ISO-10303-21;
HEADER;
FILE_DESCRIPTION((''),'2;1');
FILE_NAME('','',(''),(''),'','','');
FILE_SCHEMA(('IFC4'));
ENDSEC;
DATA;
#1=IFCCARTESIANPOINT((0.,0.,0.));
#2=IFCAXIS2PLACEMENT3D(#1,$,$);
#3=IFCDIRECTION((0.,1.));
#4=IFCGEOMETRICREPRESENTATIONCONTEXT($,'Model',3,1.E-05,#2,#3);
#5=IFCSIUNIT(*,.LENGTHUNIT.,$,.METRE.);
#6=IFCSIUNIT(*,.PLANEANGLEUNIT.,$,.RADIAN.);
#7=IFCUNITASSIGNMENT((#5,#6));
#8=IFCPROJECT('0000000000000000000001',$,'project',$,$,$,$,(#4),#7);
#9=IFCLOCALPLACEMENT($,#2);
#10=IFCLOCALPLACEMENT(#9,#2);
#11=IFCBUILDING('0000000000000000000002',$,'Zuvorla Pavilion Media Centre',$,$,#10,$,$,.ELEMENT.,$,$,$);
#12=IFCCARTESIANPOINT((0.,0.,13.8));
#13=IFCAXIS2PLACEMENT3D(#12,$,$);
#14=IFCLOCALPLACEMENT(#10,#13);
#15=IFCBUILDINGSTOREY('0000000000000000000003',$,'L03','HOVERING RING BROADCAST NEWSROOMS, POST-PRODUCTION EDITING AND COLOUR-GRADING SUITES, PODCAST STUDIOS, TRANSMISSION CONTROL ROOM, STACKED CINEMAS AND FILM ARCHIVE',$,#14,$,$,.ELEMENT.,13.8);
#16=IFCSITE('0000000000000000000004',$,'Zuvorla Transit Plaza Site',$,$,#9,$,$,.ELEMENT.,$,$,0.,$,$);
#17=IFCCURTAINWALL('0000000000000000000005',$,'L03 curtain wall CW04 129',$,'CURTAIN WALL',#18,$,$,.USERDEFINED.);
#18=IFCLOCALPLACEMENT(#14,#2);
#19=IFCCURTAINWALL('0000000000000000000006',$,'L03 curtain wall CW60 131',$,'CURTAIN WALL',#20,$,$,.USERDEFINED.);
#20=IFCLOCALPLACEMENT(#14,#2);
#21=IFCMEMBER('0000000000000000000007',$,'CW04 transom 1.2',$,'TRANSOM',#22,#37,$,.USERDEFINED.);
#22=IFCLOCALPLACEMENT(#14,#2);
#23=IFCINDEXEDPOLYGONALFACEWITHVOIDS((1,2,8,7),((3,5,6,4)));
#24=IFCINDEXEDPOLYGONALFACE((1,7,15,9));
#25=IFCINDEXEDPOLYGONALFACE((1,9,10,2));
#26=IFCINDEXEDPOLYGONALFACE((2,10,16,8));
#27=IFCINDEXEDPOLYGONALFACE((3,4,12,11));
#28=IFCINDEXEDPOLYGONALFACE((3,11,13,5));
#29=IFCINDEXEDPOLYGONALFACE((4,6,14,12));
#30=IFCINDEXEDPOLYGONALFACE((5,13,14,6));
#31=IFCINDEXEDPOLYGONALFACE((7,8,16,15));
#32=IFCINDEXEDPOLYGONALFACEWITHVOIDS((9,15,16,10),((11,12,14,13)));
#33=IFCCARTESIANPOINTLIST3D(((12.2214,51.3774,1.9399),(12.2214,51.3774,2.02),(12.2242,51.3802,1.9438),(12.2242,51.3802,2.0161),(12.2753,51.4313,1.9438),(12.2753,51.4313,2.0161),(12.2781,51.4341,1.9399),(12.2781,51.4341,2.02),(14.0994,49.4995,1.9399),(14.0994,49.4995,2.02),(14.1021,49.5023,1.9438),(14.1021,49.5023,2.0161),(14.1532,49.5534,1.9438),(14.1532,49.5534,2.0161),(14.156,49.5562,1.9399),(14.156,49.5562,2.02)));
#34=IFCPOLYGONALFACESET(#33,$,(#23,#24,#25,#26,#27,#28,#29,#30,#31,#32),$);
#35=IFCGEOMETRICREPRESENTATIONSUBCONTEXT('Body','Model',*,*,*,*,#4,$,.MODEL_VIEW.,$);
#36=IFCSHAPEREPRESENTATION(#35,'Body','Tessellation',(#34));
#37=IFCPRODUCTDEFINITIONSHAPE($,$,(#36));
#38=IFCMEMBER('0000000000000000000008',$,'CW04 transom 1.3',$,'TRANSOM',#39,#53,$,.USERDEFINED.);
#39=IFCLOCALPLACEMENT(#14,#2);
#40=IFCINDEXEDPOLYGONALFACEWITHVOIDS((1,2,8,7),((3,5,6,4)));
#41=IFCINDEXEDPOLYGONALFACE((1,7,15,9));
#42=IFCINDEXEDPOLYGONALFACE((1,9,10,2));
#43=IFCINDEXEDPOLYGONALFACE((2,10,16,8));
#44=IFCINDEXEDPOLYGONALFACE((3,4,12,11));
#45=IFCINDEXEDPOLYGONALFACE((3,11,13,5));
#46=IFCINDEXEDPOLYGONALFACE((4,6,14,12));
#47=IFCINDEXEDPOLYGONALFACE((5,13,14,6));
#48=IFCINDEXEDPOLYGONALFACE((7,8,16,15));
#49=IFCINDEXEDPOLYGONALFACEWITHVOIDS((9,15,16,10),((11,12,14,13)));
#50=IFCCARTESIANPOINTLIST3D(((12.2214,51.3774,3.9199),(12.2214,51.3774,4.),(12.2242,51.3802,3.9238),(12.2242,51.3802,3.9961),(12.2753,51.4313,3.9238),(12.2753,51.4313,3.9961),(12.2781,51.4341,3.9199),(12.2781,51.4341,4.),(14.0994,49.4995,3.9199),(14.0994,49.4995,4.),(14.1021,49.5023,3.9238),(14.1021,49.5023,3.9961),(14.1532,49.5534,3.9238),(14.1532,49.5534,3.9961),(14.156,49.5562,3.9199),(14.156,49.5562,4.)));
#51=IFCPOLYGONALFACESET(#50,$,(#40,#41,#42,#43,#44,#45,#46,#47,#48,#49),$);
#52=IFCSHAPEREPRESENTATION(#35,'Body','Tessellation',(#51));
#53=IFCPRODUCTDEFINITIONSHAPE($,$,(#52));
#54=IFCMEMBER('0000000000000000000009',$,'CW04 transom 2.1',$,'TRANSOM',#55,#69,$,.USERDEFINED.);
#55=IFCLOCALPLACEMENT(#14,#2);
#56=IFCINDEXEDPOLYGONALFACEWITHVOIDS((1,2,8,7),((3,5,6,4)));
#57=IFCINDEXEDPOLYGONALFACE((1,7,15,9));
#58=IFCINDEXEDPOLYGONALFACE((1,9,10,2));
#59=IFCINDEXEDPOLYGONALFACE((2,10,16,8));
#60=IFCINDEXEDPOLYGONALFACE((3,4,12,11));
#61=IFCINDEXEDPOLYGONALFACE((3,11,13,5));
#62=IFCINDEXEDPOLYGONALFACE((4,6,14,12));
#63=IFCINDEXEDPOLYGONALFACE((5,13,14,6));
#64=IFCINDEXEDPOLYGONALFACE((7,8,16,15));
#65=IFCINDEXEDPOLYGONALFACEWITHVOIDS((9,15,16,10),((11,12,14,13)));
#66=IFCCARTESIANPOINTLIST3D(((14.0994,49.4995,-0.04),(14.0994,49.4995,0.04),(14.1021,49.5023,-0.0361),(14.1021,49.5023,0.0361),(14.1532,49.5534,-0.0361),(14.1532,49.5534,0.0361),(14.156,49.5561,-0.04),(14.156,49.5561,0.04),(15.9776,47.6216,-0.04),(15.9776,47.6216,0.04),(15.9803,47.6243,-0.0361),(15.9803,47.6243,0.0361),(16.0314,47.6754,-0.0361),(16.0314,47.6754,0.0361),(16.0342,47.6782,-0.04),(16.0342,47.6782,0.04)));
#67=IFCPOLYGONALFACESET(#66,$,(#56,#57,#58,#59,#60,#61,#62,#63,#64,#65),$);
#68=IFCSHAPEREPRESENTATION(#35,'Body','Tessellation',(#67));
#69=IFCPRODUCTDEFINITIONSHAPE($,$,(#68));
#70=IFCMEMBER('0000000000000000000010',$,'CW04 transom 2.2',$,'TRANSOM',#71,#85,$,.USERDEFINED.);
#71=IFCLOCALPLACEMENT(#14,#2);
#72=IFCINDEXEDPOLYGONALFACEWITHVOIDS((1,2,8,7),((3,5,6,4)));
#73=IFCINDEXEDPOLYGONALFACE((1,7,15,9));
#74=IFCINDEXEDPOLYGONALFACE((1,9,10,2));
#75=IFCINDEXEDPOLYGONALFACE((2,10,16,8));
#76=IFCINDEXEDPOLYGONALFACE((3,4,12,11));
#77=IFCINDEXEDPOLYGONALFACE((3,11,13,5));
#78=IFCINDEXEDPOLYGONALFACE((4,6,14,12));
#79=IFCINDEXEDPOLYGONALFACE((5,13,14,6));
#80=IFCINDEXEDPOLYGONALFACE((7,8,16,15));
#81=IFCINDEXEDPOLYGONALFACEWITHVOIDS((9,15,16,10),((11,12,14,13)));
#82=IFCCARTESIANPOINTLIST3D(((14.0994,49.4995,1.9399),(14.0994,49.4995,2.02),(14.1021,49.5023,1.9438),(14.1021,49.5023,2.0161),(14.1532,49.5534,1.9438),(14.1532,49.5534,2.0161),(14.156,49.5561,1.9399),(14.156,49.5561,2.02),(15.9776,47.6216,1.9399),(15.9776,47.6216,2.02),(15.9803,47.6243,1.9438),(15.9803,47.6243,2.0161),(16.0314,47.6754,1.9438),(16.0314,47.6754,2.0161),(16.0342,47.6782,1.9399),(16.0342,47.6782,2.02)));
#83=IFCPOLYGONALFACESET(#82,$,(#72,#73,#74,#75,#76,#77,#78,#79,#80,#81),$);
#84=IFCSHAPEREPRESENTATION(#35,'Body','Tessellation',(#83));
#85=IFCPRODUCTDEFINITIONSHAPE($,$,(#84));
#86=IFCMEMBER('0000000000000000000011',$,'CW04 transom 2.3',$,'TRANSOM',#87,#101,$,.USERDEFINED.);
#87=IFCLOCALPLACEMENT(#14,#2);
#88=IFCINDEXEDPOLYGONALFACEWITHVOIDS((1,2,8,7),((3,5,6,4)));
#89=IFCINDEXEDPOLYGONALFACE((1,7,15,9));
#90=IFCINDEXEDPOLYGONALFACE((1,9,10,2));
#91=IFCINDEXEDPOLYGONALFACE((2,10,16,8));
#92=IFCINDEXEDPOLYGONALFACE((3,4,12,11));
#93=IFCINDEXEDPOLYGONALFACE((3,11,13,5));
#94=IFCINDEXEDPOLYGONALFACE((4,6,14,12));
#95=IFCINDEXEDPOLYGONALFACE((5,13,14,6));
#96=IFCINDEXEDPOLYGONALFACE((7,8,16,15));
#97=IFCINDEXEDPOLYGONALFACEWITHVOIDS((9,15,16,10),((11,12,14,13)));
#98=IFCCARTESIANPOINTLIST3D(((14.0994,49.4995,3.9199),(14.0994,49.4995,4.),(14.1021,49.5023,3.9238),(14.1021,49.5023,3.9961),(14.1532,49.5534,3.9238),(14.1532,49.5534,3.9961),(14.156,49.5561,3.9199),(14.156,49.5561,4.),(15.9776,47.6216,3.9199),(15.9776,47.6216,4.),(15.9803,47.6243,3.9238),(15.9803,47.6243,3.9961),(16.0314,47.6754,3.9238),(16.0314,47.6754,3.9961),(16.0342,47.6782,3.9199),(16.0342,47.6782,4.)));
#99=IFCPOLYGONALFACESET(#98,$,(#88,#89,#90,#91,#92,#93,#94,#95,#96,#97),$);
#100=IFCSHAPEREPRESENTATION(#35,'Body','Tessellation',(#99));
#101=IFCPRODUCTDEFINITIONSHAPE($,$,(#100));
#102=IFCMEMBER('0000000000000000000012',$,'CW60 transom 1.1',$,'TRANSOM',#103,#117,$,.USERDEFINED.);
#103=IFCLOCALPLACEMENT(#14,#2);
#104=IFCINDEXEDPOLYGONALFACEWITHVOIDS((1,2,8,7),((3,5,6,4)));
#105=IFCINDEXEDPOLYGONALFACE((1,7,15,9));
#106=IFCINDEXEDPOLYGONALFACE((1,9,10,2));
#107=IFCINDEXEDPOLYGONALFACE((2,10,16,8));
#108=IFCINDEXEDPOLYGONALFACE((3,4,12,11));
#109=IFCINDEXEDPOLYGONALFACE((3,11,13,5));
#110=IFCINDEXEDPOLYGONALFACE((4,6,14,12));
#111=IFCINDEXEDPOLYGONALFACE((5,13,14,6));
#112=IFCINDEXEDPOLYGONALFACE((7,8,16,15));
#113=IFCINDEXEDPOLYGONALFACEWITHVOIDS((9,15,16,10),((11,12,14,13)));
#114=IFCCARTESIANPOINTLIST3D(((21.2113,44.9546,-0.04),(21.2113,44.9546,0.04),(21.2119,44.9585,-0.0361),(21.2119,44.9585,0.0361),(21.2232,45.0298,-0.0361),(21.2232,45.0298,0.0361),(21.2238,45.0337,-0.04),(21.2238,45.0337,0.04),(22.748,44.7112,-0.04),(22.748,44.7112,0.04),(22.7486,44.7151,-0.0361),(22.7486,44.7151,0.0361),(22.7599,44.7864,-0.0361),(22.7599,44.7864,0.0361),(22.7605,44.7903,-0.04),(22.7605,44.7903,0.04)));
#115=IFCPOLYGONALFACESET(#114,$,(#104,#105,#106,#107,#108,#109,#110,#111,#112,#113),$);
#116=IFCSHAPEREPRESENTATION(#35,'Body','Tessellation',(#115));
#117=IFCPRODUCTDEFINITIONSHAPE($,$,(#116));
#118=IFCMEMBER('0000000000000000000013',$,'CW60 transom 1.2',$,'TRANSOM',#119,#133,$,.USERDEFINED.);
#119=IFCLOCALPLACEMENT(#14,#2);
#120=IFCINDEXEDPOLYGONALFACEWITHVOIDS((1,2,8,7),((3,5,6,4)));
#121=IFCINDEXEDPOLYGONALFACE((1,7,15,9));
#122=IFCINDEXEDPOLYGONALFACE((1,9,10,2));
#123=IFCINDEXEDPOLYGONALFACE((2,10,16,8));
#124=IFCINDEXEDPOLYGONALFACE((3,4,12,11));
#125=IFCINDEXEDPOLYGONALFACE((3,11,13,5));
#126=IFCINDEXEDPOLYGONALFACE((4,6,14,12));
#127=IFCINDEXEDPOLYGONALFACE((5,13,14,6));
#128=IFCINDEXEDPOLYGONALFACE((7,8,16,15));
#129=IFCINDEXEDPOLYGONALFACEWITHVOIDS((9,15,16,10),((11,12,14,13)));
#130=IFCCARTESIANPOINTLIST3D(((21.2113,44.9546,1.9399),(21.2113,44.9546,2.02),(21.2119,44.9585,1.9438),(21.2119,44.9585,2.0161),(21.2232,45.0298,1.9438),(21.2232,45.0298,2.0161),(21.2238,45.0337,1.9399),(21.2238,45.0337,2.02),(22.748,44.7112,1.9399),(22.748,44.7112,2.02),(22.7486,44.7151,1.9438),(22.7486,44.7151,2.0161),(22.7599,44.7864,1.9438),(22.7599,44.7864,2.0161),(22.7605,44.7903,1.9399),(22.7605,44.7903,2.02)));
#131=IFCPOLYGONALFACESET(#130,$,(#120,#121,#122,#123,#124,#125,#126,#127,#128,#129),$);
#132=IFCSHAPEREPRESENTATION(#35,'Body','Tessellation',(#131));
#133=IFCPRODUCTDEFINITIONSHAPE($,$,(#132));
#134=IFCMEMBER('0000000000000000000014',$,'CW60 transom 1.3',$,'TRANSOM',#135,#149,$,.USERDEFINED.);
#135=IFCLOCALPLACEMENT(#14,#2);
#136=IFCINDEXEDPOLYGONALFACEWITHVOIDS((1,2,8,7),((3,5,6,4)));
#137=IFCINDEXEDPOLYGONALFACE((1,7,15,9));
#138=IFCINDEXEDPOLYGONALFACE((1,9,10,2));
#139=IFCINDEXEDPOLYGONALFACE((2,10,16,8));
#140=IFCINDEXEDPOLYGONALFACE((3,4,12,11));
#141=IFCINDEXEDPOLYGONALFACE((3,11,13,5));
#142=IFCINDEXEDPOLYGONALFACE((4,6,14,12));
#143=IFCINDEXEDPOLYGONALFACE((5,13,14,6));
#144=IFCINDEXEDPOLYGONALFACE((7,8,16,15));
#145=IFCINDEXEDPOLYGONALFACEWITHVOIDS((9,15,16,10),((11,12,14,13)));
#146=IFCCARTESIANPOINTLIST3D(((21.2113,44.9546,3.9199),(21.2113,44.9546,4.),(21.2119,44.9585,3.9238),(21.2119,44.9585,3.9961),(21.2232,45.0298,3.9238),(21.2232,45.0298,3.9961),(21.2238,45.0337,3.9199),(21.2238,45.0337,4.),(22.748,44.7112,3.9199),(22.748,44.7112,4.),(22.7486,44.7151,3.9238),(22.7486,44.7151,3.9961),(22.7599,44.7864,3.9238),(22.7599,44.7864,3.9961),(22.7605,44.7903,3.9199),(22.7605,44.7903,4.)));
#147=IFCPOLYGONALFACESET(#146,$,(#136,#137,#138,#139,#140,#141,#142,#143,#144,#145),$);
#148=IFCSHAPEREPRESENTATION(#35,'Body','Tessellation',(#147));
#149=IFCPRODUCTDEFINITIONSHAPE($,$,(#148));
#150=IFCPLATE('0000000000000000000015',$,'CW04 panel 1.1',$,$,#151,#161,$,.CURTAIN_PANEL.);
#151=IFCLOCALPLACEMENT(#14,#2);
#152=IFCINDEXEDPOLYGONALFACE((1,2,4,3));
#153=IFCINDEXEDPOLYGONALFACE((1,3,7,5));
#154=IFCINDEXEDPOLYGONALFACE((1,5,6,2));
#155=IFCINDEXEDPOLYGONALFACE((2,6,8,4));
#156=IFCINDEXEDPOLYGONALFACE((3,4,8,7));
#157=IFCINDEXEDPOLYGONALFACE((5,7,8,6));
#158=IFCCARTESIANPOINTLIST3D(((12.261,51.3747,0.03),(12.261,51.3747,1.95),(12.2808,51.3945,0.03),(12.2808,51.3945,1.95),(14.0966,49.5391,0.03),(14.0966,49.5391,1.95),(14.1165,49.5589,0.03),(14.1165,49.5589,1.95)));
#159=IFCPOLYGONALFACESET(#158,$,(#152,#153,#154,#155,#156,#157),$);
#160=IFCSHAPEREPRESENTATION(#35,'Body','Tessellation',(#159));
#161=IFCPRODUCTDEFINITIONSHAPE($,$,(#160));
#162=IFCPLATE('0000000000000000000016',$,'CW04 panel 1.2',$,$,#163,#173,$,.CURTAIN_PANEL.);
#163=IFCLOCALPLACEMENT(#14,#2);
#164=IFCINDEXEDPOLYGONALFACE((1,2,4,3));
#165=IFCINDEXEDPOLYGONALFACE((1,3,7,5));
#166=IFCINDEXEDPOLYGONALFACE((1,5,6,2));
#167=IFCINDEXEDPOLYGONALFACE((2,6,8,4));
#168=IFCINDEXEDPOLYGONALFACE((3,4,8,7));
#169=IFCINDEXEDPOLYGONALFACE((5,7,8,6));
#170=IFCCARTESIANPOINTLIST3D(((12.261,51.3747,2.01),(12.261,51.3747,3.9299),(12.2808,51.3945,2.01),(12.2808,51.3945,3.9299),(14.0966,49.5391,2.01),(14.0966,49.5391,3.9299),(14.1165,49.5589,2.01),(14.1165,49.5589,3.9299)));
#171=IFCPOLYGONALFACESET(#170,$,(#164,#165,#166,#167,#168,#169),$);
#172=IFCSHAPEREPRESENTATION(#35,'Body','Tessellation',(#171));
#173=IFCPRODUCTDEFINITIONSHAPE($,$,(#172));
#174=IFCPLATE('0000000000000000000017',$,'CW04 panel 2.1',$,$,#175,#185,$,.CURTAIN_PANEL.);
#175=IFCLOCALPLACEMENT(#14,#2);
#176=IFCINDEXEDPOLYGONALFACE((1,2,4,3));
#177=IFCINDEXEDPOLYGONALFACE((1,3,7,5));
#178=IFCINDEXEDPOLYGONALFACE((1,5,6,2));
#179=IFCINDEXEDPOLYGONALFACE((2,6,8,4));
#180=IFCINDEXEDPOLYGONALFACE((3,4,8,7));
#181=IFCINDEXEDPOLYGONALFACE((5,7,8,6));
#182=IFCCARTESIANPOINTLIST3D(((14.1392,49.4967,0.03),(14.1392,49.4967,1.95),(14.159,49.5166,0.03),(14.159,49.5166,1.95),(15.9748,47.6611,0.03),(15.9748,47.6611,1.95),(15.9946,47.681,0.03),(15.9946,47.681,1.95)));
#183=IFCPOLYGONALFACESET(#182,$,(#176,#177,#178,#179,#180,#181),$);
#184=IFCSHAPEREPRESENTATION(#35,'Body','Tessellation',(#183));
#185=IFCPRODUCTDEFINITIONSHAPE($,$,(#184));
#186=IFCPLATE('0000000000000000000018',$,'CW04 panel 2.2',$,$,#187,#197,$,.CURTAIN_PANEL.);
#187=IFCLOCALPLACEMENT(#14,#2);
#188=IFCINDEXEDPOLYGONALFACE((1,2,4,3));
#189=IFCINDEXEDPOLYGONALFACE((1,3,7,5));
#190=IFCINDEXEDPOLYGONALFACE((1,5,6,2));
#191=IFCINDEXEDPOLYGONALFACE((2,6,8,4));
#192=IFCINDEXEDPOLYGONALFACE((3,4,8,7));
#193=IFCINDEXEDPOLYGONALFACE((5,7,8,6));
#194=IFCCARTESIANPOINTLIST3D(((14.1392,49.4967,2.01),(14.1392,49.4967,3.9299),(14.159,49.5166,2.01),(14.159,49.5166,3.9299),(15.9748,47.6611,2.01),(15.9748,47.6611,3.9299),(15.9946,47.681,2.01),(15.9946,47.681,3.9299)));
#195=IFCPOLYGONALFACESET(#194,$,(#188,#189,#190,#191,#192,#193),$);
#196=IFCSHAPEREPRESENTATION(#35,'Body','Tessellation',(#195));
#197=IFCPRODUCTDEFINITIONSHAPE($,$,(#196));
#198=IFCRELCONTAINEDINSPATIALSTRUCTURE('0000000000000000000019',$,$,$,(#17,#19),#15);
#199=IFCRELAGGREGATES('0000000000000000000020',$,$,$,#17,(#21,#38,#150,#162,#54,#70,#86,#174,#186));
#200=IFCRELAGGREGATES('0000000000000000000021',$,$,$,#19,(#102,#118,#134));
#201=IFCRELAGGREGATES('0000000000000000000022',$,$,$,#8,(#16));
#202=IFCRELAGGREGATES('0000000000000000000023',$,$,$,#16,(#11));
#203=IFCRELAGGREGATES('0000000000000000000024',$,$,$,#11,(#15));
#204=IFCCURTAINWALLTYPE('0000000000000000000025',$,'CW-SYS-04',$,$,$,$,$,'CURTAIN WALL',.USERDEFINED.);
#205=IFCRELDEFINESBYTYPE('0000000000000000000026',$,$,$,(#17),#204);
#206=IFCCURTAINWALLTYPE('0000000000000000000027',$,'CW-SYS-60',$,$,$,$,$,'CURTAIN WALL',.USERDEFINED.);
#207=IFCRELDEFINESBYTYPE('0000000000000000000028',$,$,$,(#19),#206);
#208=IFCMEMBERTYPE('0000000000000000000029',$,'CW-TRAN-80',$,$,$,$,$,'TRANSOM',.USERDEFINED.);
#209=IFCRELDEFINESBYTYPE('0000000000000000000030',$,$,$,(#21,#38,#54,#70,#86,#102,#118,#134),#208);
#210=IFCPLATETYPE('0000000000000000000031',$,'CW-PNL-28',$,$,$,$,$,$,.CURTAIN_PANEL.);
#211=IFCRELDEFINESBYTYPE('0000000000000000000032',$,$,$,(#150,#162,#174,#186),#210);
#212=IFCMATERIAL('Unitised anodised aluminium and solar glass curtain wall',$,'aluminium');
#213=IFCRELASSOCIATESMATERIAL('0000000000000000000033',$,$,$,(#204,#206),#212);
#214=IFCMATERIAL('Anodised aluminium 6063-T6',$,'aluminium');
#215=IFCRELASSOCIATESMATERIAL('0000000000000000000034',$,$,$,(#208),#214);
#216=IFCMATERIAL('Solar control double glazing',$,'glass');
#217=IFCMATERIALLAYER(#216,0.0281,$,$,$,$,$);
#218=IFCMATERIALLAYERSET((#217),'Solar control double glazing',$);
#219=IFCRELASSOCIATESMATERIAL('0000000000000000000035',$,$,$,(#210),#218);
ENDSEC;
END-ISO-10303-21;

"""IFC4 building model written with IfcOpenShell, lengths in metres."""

from ifc_helpers import new_model, si_unit, direction, frame, origin, origin_2d, place, context, subcontext, project, spatial, rectangle, hollow_rectangle, extrude, material, layer, layer_set, material_profile, profile_set, type_object, element, aggregate, save


model = new_model("IFC4")

# Units and contexts
model_context = context("Model", 3, precision=1e-05, world=origin(), true_north=direction((0.0, 1.0)))
body_context = subcontext(model_context, "Body", "Model", "MODEL_VIEW")
ifc_project = project(units=[si_unit("LENGTHUNIT", "METRE"), si_unit("PLANEANGLEUNIT", "RADIAN")], contexts=[model_context])

# Site, building, storey
site_placement = place(None, origin())
site = spatial("IfcSite", under=ifc_project, at=site_placement, Name="Zuvorla Transit Plaza Site", CompositionType="ELEMENT", RefElevation=0.0)
building_placement = place(site_placement, origin())
building = spatial("IfcBuilding", under=site, at=building_placement, Name="Zuvorla Pavilion Media Centre", CompositionType="ELEMENT")
storey_placement = place(building_placement, frame((0.0, 0.0, 13.8)))
storey = spatial("IfcBuildingStorey", under=building, at=storey_placement, Name="L03", Description="HOVERING RING BROADCAST NEWSROOMS, POST-PRODUCTION EDITING AND COLOUR-GRADING SUITES, PODCAST STUDIOS, TRANSMISSION CONTROL ROOM, STACKED CINEMAS AND FILM ARCHIVE", CompositionType="ELEMENT", Elevation=13.8)

# Curtain wall
ifc_material_1 = material(Name="Unitised anodised aluminium and solar glass curtain wall", Category="aluminium")
curtain_wall_type_1 = type_object("IfcCurtainWallType", Name="CW-SYS-04", ElementType="CURTAIN WALL", PredefinedType="USERDEFINED", material=ifc_material_1)
curtain_wall_1_placement = place(storey_placement, origin())
curtain_wall_1 = element("IfcCurtainWall", 1, at=curtain_wall_1_placement, inside=storey, type_object=curtain_wall_type_1, Name="L03 curtain wall CW04 129", ObjectType="CURTAIN WALL", PredefinedType="USERDEFINED")
ifc_material_2 = material(Name="Anodised aluminium 6063-T6", Category="aluminium")

# Curtain wall
curtain_wall_type_2 = type_object("IfcCurtainWallType", Name="CW-SYS-60", ElementType="CURTAIN WALL", PredefinedType="USERDEFINED", material=ifc_material_1)
curtain_wall_2_placement = place(storey_placement, origin())
curtain_wall_2 = element("IfcCurtainWall", 2, at=curtain_wall_2_placement, inside=storey, type_object=curtain_wall_type_2, Name="L03 curtain wall CW60 131", ObjectType="CURTAIN WALL", PredefinedType="USERDEFINED")

# Members
ifc_material_profile_1 = material_profile(ifc_material_2, hollow_rectangle(XDim=0.0801, YDim=0.0801, WallThickness=0.0039, at=origin_2d()), Name="ALU TRAN 80x80")
ifc_profile_set_1 = profile_set([ifc_material_profile_1], Name="Anodised aluminium 6063-T6")
member_type_1 = type_object("IfcMemberType", Name="CW-TRAN-80", ElementType="TRANSOM", PredefinedType="USERDEFINED", material=ifc_profile_set_1)
member_1_placement = place(storey_placement, frame((12.2498, 51.4058, 1.98), z_axis=(0.707107, -0.707107, 0.0), x_axis=(0.707107, 0.707107, 0.0)))
member_1 = element("IfcMember", 3, at=member_1_placement, type_object=member_type_1, Name="CW04 transom 1.2", ObjectType="TRANSOM", PredefinedType="USERDEFINED", context=body_context, shape_type="SweptSolid", body=[
    extrude(hollow_rectangle(XDim=0.0801, YDim=0.0801, WallThickness=0.0039, at=origin_2d()), origin(), (0.0, 0.0, 1.0), 2.6558),
])
member_2_placement = place(storey_placement, frame((12.2498, 51.4058, 3.96), z_axis=(0.707107, -0.707107, 0.0), x_axis=(0.707107, 0.707107, 0.0)))
member_2 = element("IfcMember", 4, at=member_2_placement, type_object=member_type_1, Name="CW04 transom 1.3", ObjectType="TRANSOM", PredefinedType="USERDEFINED", context=body_context, shape_type="SweptSolid", body=[
    extrude(hollow_rectangle(XDim=0.0801, YDim=0.0801, WallThickness=0.0039, at=origin_2d()), origin(), (0.0, 0.0, 1.0), 2.6558),
])
member_3_placement = place(storey_placement, frame((14.1277, 49.5278, 0.0), z_axis=(0.707153, -0.707061, 0.0), x_axis=(0.707061, 0.707153, 0.0)))
member_3 = element("IfcMember", 5, at=member_3_placement, type_object=member_type_1, Name="CW04 transom 2.1", ObjectType="TRANSOM", PredefinedType="USERDEFINED", context=body_context, shape_type="SweptSolid", body=[
    extrude(hollow_rectangle(XDim=0.0801, YDim=0.0801, WallThickness=0.0039, at=origin_2d()), origin(), (0.0, 0.0, 1.0), 2.656),
])
member_4_placement = place(storey_placement, frame((14.1277, 49.5278, 1.98), z_axis=(0.707153, -0.707061, 0.0), x_axis=(0.707061, 0.707153, 0.0)))
member_4 = element("IfcMember", 6, at=member_4_placement, type_object=member_type_1, Name="CW04 transom 2.2", ObjectType="TRANSOM", PredefinedType="USERDEFINED", context=body_context, shape_type="SweptSolid", body=[
    extrude(hollow_rectangle(XDim=0.0801, YDim=0.0801, WallThickness=0.0039, at=origin_2d()), origin(), (0.0, 0.0, 1.0), 2.656),
])
member_5_placement = place(storey_placement, frame((14.1277, 49.5278, 3.96), z_axis=(0.707153, -0.707061, 0.0), x_axis=(0.707061, 0.707153, 0.0)))
member_5 = element("IfcMember", 7, at=member_5_placement, type_object=member_type_1, Name="CW04 transom 2.3", ObjectType="TRANSOM", PredefinedType="USERDEFINED", context=body_context, shape_type="SweptSolid", body=[
    extrude(hollow_rectangle(XDim=0.0801, YDim=0.0801, WallThickness=0.0039, at=origin_2d()), origin(), (0.0, 0.0, 1.0), 2.656),
])
member_6_placement = place(storey_placement, frame((21.2175, 44.9941, 0.0), z_axis=(0.987689, -0.15643, 0.0), x_axis=(0.15643, 0.987689, 0.0)))
member_6 = element("IfcMember", 8, at=member_6_placement, type_object=member_type_1, Name="CW60 transom 1.1", ObjectType="TRANSOM", PredefinedType="USERDEFINED", context=body_context, shape_type="SweptSolid", body=[
    extrude(hollow_rectangle(XDim=0.0801, YDim=0.0801, WallThickness=0.0039, at=origin_2d()), origin(), (0.0, 0.0, 1.0), 1.5559),
])
member_7_placement = place(storey_placement, frame((21.2175, 44.9941, 1.98), z_axis=(0.987689, -0.15643, 0.0), x_axis=(0.15643, 0.987689, 0.0)))
member_7 = element("IfcMember", 9, at=member_7_placement, type_object=member_type_1, Name="CW60 transom 1.2", ObjectType="TRANSOM", PredefinedType="USERDEFINED", context=body_context, shape_type="SweptSolid", body=[
    extrude(hollow_rectangle(XDim=0.0801, YDim=0.0801, WallThickness=0.0039, at=origin_2d()), origin(), (0.0, 0.0, 1.0), 1.5559),
])
member_8_placement = place(storey_placement, frame((21.2175, 44.9941, 3.96), z_axis=(0.987689, -0.15643, 0.0), x_axis=(0.15643, 0.987689, 0.0)))
member_8 = element("IfcMember", 10, at=member_8_placement, type_object=member_type_1, Name="CW60 transom 1.3", ObjectType="TRANSOM", PredefinedType="USERDEFINED", context=body_context, shape_type="SweptSolid", body=[
    extrude(hollow_rectangle(XDim=0.0801, YDim=0.0801, WallThickness=0.0039, at=origin_2d()), origin(), (0.0, 0.0, 1.0), 1.5559),
])

# Plates
ifc_material_3 = material(Name="Solar control double glazing", Category="glass")
ifc_layer_1 = layer(ifc_material_3, 0.0281)
ifc_layer_set_1 = layer_set([ifc_layer_1], Name="Solar control double glazing")
plate_type_1 = type_object("IfcPlateType", Name="CW-PNL-28", PredefinedType="CURTAIN_PANEL", material=ifc_layer_set_1)
plate_1_placement = place(storey_placement, frame((13.1887, 50.4668, 0.03), z_axis=(0.0, 0.0, 1.0), x_axis=(0.707107, -0.707107, 0.0)))
plate_1 = element("IfcPlate", 11, at=plate_1_placement, type_object=plate_type_1, Name="CW04 panel 1.1", PredefinedType="CURTAIN_PANEL", context=body_context, shape_type="SweptSolid", body=[
    extrude(rectangle(XDim=2.5959, YDim=0.0281, at=origin_2d()), origin(), (0.0, 0.0, 1.0), 1.9199),
])
plate_2_placement = place(storey_placement, frame((13.1887, 50.4668, 2.01), z_axis=(0.0, 0.0, 1.0), x_axis=(0.707107, -0.707107, 0.0)))
plate_2 = element("IfcPlate", 12, at=plate_2_placement, type_object=plate_type_1, Name="CW04 panel 1.2", PredefinedType="CURTAIN_PANEL", context=body_context, shape_type="SweptSolid", body=[
    extrude(rectangle(XDim=2.5959, YDim=0.0281, at=origin_2d()), origin(), (0.0, 0.0, 1.0), 1.9199),
])
plate_3_placement = place(storey_placement, frame((15.0669, 48.5889, 0.03), z_axis=(0.0, 0.0, 1.0), x_axis=(0.707107, -0.707107, 0.0)))
plate_3 = element("IfcPlate", 13, at=plate_3_placement, type_object=plate_type_1, Name="CW04 panel 2.1", PredefinedType="CURTAIN_PANEL", context=body_context, shape_type="SweptSolid", body=[
    extrude(rectangle(XDim=2.5959, YDim=0.0281, at=origin_2d()), origin(), (0.0, 0.0, 1.0), 1.9199),
])
plate_4_placement = place(storey_placement, frame((15.0669, 48.5889, 2.01), z_axis=(0.0, 0.0, 1.0), x_axis=(0.707107, -0.707107, 0.0)))
plate_4 = element("IfcPlate", 14, at=plate_4_placement, type_object=plate_type_1, Name="CW04 panel 2.2", PredefinedType="CURTAIN_PANEL", context=body_context, shape_type="SweptSolid", body=[
    extrude(rectangle(XDim=2.5959, YDim=0.0281, at=origin_2d()), origin(), (0.0, 0.0, 1.0), 1.9199),
])
aggregate(curtain_wall_1, [member_1, member_2, plate_1, plate_2, member_3, member_4, member_5, plate_3, plate_4])
aggregate(curtain_wall_2, [member_6, member_7, member_8])

save(model, "model.ifc")
